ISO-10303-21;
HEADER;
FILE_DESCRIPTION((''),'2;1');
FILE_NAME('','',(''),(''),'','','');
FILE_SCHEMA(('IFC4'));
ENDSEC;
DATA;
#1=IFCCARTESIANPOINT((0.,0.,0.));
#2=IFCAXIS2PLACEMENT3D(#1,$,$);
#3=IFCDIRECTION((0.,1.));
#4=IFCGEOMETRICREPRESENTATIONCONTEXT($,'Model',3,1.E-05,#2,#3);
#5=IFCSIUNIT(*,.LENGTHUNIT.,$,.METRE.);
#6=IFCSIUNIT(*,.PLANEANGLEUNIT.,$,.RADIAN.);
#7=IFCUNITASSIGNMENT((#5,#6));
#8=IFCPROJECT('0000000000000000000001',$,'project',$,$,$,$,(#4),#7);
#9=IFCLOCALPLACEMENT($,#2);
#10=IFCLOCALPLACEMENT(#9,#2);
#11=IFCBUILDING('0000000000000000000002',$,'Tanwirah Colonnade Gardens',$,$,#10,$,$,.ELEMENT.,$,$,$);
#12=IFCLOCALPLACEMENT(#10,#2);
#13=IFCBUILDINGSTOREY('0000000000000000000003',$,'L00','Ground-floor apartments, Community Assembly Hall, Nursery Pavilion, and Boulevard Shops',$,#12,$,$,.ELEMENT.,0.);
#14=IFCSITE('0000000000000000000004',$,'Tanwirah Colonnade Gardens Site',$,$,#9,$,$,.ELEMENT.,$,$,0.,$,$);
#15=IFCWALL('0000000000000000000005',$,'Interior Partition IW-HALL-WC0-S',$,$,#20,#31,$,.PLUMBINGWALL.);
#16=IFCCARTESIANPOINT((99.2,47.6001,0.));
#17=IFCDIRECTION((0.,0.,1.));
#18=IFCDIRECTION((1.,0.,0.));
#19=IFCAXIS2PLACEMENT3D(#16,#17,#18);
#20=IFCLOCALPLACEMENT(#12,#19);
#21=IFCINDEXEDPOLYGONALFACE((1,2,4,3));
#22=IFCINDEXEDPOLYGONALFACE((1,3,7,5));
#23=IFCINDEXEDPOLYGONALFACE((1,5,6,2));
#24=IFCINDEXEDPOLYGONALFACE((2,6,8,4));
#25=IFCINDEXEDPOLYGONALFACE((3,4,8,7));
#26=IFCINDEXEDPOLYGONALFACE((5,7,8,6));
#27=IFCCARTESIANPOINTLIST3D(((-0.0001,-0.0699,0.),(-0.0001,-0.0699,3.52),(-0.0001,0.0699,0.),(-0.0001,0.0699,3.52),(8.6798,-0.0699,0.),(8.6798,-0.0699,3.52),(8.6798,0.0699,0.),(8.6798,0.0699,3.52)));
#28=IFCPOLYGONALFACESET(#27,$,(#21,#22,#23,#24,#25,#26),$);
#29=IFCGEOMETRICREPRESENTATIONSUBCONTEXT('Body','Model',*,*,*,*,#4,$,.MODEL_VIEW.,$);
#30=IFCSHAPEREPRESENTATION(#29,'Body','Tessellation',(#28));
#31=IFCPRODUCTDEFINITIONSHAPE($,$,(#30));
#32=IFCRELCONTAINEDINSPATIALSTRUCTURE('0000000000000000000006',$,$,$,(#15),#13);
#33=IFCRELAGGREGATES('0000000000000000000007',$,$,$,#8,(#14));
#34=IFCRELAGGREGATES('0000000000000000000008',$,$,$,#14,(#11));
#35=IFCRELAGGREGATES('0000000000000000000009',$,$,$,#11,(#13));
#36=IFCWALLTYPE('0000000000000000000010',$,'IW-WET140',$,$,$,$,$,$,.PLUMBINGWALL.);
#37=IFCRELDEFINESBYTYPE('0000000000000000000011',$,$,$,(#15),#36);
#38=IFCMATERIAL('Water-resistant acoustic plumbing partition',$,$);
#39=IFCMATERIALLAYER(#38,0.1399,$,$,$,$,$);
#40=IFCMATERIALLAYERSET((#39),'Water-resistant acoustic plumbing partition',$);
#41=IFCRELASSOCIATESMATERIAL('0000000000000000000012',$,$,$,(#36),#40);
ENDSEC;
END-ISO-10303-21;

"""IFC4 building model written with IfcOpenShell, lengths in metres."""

from ifc_helpers import new_model, si_unit, direction, frame, frame_2d, origin, place, context, subcontext, project, spatial, rectangle, extrude, material, layer, layer_set, type_object, element, save


model = new_model("IFC4")

# Units and contexts
model_context = context("Model", 3, precision=1e-05, world=origin(), true_north=direction((0.0, 1.0)))
body_context = subcontext(model_context, "Body", "Model", "MODEL_VIEW")
ifc_project = project(units=[si_unit("LENGTHUNIT", "METRE"), si_unit("PLANEANGLEUNIT", "RADIAN")], contexts=[model_context])

# Site, building, storey
site_placement = place(None, origin())
site = spatial("IfcSite", under=ifc_project, at=site_placement, Name="Tanwirah Colonnade Gardens Site", CompositionType="ELEMENT", RefElevation=0.0)
building_placement = place(site_placement, origin())
building = spatial("IfcBuilding", under=site, at=building_placement, Name="Tanwirah Colonnade Gardens", CompositionType="ELEMENT")
storey_placement = place(building_placement, origin())
storey = spatial("IfcBuildingStorey", under=building, at=storey_placement, Name="L00", Description="Ground-floor apartments, Community Assembly Hall, Nursery Pavilion, and Boulevard Shops", CompositionType="ELEMENT", Elevation=0.0)

# Shared definitions
ifc_material_1 = material(Name="Water-resistant acoustic plumbing partition")
ifc_layer_1 = layer(ifc_material_1, 0.1399)
ifc_layer_set_1 = layer_set([ifc_layer_1], Name="Water-resistant acoustic plumbing partition")
wall_type_1 = type_object("IfcWallType", Name="IW-WET140", PredefinedType="PLUMBINGWALL", material=ifc_layer_set_1)

# Wall
wall_1_placement = place(storey_placement, frame((99.2, 47.6001, 0.0), z_axis=(0.0, 0.0, 1.0), x_axis=(1.0, 0.0, 0.0)))
element("IfcWall", 1, at=wall_1_placement, inside=storey, type_object=wall_type_1, Name="Interior Partition IW-HALL-WC0-S", PredefinedType="PLUMBINGWALL", context=body_context, shape_type="SweptSolid", body=[
    extrude(rectangle(XDim=8.6799, YDim=0.1399, at=frame_2d((4.3398, 0.0))), origin(), (0.0, 0.0, 1.0), 3.52),
])

save(model, "model.ifc")
